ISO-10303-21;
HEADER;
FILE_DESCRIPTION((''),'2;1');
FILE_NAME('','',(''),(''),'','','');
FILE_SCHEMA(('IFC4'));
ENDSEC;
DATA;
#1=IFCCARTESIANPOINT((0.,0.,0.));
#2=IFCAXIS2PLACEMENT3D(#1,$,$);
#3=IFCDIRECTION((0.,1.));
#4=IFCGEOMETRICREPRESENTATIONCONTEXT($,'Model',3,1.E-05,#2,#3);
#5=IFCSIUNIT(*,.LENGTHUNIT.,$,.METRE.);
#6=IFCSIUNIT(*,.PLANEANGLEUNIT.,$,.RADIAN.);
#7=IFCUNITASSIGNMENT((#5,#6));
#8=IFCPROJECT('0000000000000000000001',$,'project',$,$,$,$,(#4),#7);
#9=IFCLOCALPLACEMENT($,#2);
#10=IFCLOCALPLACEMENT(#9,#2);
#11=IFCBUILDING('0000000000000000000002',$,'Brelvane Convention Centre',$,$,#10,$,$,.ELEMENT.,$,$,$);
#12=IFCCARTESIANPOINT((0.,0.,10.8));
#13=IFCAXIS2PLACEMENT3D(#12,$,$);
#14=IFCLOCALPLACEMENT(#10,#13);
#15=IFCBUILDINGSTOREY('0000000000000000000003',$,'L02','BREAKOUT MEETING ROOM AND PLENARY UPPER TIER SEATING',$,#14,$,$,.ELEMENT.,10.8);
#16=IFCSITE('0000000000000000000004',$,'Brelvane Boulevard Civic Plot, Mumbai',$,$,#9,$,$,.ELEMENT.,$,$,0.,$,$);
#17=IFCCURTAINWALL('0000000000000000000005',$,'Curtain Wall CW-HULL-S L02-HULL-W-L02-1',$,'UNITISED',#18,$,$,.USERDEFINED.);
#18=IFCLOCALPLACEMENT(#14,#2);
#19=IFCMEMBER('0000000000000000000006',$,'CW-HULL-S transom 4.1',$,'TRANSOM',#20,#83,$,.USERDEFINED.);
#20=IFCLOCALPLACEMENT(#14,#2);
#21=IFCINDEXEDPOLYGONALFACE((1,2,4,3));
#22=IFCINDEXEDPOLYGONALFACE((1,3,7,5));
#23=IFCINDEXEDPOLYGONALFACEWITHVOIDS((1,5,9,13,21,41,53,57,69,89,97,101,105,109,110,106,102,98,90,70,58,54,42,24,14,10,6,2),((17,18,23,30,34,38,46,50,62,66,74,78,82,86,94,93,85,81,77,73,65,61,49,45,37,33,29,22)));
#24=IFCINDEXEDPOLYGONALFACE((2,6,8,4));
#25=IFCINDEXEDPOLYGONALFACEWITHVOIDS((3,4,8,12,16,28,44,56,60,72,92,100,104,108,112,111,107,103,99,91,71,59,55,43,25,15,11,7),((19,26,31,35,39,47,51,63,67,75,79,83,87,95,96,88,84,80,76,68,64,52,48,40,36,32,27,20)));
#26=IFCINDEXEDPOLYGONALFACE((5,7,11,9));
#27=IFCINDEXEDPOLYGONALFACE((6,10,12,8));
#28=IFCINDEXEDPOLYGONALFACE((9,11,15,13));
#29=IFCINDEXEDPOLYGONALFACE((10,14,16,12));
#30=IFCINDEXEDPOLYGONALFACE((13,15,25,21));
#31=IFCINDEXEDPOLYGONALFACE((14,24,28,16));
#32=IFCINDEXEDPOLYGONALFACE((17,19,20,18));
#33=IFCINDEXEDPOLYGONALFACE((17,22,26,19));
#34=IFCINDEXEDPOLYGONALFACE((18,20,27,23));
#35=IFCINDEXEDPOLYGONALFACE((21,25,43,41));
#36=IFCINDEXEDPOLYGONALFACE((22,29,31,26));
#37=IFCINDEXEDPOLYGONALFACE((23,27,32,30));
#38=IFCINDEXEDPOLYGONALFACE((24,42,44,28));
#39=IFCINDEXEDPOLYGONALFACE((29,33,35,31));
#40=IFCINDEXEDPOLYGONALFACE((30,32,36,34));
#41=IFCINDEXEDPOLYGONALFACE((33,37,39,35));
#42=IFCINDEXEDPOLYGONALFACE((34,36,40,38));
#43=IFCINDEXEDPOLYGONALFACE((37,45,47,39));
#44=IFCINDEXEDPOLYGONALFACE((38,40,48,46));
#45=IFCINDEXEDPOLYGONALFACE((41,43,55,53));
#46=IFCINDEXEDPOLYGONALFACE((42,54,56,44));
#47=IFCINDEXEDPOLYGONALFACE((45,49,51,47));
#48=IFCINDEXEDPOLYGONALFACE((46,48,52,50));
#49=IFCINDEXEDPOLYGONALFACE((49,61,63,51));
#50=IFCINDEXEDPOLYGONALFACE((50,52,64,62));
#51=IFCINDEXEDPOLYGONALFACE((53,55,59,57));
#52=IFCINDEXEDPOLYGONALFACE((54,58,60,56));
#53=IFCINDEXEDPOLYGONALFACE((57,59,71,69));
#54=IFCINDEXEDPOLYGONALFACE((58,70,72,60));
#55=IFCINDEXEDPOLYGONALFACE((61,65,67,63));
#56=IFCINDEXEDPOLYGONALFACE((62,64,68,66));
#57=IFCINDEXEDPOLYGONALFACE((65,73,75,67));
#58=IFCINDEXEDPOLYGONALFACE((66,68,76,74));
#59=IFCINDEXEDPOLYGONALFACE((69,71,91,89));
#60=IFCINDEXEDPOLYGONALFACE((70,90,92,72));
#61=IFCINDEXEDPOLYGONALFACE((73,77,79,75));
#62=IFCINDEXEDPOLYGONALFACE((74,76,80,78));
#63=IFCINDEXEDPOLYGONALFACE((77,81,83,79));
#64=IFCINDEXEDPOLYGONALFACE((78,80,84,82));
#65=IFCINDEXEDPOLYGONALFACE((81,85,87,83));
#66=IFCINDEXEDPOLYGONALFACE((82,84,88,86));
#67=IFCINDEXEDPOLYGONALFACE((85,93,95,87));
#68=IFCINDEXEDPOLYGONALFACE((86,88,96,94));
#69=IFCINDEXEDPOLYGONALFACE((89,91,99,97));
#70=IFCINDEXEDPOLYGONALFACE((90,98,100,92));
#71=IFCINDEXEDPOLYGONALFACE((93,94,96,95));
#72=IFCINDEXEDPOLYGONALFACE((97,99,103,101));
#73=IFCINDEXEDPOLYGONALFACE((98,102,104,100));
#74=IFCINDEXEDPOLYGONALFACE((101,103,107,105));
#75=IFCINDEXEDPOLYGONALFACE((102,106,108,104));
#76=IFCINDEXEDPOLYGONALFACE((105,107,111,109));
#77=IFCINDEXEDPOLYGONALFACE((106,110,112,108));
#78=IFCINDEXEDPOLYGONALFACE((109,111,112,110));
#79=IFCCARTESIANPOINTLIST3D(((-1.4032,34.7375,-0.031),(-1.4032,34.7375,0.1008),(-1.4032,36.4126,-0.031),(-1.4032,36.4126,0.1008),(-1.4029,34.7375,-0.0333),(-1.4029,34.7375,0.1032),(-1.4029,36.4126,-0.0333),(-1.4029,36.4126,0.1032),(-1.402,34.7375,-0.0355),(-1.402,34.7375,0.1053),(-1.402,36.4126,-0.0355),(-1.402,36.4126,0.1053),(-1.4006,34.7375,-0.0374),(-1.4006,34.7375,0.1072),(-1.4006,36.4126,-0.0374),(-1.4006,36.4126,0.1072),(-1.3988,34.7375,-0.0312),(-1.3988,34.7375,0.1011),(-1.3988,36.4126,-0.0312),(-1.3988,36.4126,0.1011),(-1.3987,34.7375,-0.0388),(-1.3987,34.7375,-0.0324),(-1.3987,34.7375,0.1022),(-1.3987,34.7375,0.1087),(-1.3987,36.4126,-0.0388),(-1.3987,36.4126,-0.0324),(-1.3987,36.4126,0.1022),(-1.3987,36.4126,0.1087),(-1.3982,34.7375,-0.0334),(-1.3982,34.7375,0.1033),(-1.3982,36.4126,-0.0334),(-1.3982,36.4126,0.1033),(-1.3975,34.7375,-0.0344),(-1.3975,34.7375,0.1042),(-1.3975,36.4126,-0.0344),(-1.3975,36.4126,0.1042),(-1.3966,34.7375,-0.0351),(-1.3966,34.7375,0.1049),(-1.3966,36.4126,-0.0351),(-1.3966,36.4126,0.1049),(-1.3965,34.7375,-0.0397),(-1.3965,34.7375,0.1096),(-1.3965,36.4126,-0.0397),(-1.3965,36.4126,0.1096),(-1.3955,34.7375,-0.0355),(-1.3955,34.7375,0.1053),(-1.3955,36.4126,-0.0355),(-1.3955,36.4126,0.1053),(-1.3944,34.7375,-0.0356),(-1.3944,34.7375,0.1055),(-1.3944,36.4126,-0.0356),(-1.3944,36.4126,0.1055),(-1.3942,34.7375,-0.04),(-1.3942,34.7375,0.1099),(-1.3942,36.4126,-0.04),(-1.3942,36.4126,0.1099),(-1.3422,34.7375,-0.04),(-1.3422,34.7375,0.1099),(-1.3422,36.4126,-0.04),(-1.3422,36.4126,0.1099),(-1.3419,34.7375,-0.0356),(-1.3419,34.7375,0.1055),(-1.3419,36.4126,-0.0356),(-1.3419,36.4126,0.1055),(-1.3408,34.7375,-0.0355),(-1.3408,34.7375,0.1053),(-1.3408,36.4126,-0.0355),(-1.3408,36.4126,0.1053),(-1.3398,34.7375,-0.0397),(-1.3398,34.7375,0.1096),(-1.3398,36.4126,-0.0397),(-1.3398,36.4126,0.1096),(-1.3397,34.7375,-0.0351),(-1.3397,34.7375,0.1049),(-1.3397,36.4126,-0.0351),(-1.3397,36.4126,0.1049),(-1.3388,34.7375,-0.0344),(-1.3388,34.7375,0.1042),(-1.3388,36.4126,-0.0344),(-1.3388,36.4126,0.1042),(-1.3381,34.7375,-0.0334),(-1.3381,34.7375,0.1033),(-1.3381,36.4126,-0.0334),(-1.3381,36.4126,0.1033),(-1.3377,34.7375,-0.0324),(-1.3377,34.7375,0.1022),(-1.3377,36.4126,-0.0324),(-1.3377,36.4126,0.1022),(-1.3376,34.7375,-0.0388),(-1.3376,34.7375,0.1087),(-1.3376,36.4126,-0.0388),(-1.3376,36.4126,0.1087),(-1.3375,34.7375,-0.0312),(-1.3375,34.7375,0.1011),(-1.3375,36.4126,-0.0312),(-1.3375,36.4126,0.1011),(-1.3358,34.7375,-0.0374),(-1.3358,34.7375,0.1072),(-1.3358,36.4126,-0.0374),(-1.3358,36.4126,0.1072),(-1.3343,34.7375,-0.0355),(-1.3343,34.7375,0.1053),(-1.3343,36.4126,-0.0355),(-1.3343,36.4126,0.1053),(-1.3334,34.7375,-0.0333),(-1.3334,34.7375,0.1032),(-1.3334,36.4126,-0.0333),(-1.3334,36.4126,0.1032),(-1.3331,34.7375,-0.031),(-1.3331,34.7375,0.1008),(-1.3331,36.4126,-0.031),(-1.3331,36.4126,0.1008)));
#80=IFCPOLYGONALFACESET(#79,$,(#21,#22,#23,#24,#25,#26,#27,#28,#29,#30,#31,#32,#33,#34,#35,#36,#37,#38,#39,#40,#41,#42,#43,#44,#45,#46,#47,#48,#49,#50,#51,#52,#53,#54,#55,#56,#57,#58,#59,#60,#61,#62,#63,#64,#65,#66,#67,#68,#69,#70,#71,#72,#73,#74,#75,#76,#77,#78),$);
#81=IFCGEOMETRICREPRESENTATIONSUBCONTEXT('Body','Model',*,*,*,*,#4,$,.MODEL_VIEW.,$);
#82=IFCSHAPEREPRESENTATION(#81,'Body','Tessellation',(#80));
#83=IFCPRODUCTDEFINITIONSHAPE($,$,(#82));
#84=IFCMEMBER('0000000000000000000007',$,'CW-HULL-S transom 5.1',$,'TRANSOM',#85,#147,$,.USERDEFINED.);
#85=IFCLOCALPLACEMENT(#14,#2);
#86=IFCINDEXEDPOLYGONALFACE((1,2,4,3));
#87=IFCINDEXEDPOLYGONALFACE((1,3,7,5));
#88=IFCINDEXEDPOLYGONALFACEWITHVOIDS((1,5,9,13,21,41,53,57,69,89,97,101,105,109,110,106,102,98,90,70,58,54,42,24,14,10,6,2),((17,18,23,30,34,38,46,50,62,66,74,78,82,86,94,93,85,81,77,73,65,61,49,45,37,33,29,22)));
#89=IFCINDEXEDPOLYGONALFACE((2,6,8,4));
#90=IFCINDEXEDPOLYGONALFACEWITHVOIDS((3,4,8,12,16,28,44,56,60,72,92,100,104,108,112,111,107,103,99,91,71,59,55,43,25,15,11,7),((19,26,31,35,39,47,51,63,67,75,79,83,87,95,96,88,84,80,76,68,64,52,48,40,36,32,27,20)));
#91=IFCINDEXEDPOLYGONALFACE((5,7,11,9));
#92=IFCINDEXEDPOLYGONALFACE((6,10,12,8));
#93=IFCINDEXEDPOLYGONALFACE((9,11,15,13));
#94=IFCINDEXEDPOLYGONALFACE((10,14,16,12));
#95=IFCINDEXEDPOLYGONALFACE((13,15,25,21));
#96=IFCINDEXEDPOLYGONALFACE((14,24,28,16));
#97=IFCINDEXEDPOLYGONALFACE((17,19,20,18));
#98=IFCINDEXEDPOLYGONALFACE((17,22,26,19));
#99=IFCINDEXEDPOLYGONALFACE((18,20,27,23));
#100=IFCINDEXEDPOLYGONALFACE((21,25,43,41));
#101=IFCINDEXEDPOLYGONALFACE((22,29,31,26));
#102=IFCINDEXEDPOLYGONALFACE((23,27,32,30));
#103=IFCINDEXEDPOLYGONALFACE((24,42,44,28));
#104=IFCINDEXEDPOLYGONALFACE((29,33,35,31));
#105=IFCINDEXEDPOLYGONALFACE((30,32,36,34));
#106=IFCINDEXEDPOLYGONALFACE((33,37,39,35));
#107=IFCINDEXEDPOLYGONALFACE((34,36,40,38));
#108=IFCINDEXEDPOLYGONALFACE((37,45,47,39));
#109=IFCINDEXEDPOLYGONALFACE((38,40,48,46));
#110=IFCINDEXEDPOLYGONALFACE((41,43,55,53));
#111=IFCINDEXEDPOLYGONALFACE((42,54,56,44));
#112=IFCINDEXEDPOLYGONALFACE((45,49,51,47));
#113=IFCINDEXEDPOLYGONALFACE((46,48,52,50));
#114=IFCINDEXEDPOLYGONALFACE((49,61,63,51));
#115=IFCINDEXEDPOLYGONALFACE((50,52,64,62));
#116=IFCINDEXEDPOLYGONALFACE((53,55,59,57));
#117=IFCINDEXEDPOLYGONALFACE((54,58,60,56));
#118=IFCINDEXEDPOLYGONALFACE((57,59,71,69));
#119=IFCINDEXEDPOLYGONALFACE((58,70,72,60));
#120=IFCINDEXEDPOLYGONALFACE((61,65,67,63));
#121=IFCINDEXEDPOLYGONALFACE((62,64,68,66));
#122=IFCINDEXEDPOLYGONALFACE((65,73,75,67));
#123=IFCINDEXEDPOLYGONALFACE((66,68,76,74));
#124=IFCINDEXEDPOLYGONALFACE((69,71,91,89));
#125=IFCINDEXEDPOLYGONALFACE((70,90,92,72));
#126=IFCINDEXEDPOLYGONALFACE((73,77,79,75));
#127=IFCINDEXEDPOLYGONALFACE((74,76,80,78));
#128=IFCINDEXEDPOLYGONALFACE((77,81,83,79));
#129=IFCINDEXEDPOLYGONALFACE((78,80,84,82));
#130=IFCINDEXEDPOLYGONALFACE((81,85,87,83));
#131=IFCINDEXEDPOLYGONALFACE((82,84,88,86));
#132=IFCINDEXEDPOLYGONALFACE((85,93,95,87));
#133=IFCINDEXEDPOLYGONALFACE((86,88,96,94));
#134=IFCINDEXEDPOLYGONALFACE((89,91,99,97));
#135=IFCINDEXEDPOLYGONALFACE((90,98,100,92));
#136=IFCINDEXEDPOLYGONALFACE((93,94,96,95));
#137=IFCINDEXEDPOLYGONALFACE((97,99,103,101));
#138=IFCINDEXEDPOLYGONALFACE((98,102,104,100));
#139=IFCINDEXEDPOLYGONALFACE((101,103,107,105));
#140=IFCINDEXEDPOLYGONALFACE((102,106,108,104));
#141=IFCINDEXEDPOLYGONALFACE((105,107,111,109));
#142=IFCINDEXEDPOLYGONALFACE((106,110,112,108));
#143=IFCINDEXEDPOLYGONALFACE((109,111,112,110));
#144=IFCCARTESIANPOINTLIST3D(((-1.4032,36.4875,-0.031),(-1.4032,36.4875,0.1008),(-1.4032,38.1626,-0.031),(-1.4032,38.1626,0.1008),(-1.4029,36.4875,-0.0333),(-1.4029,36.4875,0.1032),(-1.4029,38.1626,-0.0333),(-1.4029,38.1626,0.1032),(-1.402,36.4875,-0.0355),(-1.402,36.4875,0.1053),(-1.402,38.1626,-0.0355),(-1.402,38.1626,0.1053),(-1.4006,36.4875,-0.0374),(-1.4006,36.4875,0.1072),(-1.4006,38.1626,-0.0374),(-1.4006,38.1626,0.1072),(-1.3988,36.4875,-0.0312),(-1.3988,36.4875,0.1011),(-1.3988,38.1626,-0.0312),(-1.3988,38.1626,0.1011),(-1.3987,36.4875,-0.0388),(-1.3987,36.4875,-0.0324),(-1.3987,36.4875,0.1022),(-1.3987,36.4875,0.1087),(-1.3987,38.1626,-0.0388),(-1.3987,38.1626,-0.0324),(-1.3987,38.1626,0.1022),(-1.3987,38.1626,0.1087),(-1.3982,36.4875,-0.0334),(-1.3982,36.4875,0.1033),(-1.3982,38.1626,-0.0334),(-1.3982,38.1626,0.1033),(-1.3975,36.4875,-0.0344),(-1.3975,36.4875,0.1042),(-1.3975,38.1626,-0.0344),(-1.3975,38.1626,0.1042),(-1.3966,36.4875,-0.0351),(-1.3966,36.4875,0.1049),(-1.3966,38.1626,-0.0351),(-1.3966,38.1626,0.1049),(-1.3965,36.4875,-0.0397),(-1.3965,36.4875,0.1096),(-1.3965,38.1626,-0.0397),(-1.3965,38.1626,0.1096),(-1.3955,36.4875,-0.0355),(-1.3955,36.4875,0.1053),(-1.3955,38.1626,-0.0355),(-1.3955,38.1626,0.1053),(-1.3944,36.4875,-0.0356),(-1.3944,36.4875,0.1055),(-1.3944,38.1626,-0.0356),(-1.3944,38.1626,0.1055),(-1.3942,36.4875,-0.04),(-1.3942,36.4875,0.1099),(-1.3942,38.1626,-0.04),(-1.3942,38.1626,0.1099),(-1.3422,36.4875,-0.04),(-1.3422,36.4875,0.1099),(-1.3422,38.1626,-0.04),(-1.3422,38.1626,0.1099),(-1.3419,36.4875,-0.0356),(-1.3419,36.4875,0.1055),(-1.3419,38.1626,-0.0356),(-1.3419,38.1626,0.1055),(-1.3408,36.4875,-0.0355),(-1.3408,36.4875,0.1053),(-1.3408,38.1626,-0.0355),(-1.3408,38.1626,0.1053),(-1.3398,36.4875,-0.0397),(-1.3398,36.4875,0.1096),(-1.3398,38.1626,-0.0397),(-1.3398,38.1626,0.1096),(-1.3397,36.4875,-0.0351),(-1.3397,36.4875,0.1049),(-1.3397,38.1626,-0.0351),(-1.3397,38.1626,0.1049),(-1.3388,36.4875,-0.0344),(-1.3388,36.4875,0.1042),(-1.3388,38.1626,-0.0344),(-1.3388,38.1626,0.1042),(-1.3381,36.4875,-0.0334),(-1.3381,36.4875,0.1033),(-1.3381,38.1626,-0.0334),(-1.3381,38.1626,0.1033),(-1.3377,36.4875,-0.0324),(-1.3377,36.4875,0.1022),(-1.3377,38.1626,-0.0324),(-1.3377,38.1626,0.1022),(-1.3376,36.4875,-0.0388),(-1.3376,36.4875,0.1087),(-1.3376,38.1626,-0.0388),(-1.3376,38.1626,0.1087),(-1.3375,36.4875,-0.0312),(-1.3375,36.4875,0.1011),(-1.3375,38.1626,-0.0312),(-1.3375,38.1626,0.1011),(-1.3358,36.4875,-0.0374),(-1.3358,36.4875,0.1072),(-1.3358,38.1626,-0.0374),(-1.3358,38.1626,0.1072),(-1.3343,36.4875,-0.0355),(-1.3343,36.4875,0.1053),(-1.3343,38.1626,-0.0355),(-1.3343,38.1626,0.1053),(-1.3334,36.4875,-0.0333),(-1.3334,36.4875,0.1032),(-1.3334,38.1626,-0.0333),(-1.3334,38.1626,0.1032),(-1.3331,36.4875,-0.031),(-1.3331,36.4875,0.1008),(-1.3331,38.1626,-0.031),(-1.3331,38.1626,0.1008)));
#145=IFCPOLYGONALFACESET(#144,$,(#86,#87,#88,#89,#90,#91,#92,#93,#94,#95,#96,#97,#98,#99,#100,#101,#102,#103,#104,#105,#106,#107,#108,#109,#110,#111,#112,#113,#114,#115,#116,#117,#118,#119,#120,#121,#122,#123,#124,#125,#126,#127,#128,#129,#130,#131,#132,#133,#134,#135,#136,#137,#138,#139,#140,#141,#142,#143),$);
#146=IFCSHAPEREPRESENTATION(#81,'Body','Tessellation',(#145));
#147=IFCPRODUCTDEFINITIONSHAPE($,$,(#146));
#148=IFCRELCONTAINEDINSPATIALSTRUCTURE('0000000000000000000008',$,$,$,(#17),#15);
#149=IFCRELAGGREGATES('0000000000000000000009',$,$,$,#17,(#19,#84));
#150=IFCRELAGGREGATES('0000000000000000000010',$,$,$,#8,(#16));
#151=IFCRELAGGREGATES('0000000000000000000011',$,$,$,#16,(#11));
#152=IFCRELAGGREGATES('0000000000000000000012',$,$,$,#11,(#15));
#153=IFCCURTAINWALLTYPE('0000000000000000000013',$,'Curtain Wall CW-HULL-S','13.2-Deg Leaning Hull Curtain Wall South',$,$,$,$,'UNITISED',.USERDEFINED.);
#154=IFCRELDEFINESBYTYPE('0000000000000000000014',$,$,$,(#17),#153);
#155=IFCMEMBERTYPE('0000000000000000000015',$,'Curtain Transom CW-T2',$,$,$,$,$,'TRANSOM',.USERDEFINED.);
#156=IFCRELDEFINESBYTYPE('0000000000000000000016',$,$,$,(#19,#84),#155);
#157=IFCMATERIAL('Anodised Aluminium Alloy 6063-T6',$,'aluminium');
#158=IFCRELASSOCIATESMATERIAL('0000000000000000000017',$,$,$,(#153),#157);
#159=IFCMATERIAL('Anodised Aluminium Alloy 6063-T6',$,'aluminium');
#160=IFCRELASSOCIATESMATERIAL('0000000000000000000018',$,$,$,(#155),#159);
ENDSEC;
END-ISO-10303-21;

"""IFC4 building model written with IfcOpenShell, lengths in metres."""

from ifc_helpers import new_model, si_unit, direction, frame, origin, origin_2d, place, context, subcontext, project, spatial, hollow_rectangle, extrude, material, material_profile, profile_set, type_object, element, aggregate, save


model = new_model("IFC4")

# Units and contexts
model_context = context("Model", 3, precision=1e-05, world=origin(), true_north=direction((0.0, 1.0)))
body_context = subcontext(model_context, "Body", "Model", "MODEL_VIEW")
ifc_project = project(units=[si_unit("LENGTHUNIT", "METRE"), si_unit("PLANEANGLEUNIT", "RADIAN")], contexts=[model_context])

# Site, building, storey
site_placement = place(None, origin())
site = spatial("IfcSite", under=ifc_project, at=site_placement, Name="Brelvane Boulevard Civic Plot, Mumbai", CompositionType="ELEMENT", RefElevation=0.0)
building_placement = place(site_placement, origin())
building = spatial("IfcBuilding", under=site, at=building_placement, Name="Brelvane Convention Centre", CompositionType="ELEMENT")
storey_placement = place(building_placement, frame((0.0, 0.0, 10.8)))
storey = spatial("IfcBuildingStorey", under=building, at=storey_placement, Name="L02", Description="BREAKOUT MEETING ROOM AND PLENARY UPPER TIER SEATING", CompositionType="ELEMENT", Elevation=10.8)

# Curtain wall
ifc_material_1 = material(Name="Anodised Aluminium Alloy 6063-T6", Category="aluminium")
curtain_wall_type = type_object("IfcCurtainWallType", Name="Curtain Wall CW-HULL-S", Description="13.2-Deg Leaning Hull Curtain Wall South", ElementType="UNITISED", PredefinedType="USERDEFINED", material=ifc_material_1)
curtain_wall_1_placement = place(storey_placement, origin())
curtain_wall_1 = element("IfcCurtainWall", 1, at=curtain_wall_1_placement, inside=storey, type_object=curtain_wall_type, Name="Curtain Wall CW-HULL-S L02-HULL-W-L02-1", ObjectType="UNITISED", PredefinedType="USERDEFINED")

# Members
ifc_material_2 = material(Name="Anodised Aluminium Alloy 6063-T6", Category="aluminium")
ifc_material_profile_1 = material_profile(ifc_material_2, hollow_rectangle(XDim=0.0701, YDim=0.1499, WallThickness=0.0044, InnerFilletRadius=0.0044, OuterFilletRadius=0.009, at=origin_2d()), Name="ALU-T 150x70x4.5")
ifc_profile_set_1 = profile_set([ifc_material_profile_1], Name="Anodised Aluminium Alloy 6063-T6")
member_type_1 = type_object("IfcMemberType", Name="Curtain Transom CW-T2", ElementType="TRANSOM", PredefinedType="USERDEFINED", material=ifc_profile_set_1)
member_1_placement = place(storey_placement, frame((-1.3682, 34.7375, 0.0349), z_axis=(0.0, 1.0, 0.0), x_axis=(-1.0, 0.0, 0.0)))
member_1 = element("IfcMember", 2, at=member_1_placement, type_object=member_type_1, Name="CW-HULL-S transom 4.1", ObjectType="TRANSOM", PredefinedType="USERDEFINED", context=body_context, shape_type="SweptSolid", body=[
    extrude(hollow_rectangle(XDim=0.0701, YDim=0.1499, WallThickness=0.0044, InnerFilletRadius=0.0044, OuterFilletRadius=0.009, at=origin_2d()), origin(), (0.0, 0.0, 1.0), 1.675),
])
member_2_placement = place(storey_placement, frame((-1.3682, 36.4875, 0.0349), z_axis=(0.0, 1.0, 0.0), x_axis=(-1.0, 0.0, 0.0)))
member_2 = element("IfcMember", 3, at=member_2_placement, type_object=member_type_1, Name="CW-HULL-S transom 5.1", ObjectType="TRANSOM", PredefinedType="USERDEFINED", context=body_context, shape_type="SweptSolid", body=[
    extrude(hollow_rectangle(XDim=0.0701, YDim=0.1499, WallThickness=0.0044, InnerFilletRadius=0.0044, OuterFilletRadius=0.009, at=origin_2d()), origin(), (0.0, 0.0, 1.0), 1.675),
])

aggregate(curtain_wall_1, [member_1, member_2])

save(model, "model.ifc")
